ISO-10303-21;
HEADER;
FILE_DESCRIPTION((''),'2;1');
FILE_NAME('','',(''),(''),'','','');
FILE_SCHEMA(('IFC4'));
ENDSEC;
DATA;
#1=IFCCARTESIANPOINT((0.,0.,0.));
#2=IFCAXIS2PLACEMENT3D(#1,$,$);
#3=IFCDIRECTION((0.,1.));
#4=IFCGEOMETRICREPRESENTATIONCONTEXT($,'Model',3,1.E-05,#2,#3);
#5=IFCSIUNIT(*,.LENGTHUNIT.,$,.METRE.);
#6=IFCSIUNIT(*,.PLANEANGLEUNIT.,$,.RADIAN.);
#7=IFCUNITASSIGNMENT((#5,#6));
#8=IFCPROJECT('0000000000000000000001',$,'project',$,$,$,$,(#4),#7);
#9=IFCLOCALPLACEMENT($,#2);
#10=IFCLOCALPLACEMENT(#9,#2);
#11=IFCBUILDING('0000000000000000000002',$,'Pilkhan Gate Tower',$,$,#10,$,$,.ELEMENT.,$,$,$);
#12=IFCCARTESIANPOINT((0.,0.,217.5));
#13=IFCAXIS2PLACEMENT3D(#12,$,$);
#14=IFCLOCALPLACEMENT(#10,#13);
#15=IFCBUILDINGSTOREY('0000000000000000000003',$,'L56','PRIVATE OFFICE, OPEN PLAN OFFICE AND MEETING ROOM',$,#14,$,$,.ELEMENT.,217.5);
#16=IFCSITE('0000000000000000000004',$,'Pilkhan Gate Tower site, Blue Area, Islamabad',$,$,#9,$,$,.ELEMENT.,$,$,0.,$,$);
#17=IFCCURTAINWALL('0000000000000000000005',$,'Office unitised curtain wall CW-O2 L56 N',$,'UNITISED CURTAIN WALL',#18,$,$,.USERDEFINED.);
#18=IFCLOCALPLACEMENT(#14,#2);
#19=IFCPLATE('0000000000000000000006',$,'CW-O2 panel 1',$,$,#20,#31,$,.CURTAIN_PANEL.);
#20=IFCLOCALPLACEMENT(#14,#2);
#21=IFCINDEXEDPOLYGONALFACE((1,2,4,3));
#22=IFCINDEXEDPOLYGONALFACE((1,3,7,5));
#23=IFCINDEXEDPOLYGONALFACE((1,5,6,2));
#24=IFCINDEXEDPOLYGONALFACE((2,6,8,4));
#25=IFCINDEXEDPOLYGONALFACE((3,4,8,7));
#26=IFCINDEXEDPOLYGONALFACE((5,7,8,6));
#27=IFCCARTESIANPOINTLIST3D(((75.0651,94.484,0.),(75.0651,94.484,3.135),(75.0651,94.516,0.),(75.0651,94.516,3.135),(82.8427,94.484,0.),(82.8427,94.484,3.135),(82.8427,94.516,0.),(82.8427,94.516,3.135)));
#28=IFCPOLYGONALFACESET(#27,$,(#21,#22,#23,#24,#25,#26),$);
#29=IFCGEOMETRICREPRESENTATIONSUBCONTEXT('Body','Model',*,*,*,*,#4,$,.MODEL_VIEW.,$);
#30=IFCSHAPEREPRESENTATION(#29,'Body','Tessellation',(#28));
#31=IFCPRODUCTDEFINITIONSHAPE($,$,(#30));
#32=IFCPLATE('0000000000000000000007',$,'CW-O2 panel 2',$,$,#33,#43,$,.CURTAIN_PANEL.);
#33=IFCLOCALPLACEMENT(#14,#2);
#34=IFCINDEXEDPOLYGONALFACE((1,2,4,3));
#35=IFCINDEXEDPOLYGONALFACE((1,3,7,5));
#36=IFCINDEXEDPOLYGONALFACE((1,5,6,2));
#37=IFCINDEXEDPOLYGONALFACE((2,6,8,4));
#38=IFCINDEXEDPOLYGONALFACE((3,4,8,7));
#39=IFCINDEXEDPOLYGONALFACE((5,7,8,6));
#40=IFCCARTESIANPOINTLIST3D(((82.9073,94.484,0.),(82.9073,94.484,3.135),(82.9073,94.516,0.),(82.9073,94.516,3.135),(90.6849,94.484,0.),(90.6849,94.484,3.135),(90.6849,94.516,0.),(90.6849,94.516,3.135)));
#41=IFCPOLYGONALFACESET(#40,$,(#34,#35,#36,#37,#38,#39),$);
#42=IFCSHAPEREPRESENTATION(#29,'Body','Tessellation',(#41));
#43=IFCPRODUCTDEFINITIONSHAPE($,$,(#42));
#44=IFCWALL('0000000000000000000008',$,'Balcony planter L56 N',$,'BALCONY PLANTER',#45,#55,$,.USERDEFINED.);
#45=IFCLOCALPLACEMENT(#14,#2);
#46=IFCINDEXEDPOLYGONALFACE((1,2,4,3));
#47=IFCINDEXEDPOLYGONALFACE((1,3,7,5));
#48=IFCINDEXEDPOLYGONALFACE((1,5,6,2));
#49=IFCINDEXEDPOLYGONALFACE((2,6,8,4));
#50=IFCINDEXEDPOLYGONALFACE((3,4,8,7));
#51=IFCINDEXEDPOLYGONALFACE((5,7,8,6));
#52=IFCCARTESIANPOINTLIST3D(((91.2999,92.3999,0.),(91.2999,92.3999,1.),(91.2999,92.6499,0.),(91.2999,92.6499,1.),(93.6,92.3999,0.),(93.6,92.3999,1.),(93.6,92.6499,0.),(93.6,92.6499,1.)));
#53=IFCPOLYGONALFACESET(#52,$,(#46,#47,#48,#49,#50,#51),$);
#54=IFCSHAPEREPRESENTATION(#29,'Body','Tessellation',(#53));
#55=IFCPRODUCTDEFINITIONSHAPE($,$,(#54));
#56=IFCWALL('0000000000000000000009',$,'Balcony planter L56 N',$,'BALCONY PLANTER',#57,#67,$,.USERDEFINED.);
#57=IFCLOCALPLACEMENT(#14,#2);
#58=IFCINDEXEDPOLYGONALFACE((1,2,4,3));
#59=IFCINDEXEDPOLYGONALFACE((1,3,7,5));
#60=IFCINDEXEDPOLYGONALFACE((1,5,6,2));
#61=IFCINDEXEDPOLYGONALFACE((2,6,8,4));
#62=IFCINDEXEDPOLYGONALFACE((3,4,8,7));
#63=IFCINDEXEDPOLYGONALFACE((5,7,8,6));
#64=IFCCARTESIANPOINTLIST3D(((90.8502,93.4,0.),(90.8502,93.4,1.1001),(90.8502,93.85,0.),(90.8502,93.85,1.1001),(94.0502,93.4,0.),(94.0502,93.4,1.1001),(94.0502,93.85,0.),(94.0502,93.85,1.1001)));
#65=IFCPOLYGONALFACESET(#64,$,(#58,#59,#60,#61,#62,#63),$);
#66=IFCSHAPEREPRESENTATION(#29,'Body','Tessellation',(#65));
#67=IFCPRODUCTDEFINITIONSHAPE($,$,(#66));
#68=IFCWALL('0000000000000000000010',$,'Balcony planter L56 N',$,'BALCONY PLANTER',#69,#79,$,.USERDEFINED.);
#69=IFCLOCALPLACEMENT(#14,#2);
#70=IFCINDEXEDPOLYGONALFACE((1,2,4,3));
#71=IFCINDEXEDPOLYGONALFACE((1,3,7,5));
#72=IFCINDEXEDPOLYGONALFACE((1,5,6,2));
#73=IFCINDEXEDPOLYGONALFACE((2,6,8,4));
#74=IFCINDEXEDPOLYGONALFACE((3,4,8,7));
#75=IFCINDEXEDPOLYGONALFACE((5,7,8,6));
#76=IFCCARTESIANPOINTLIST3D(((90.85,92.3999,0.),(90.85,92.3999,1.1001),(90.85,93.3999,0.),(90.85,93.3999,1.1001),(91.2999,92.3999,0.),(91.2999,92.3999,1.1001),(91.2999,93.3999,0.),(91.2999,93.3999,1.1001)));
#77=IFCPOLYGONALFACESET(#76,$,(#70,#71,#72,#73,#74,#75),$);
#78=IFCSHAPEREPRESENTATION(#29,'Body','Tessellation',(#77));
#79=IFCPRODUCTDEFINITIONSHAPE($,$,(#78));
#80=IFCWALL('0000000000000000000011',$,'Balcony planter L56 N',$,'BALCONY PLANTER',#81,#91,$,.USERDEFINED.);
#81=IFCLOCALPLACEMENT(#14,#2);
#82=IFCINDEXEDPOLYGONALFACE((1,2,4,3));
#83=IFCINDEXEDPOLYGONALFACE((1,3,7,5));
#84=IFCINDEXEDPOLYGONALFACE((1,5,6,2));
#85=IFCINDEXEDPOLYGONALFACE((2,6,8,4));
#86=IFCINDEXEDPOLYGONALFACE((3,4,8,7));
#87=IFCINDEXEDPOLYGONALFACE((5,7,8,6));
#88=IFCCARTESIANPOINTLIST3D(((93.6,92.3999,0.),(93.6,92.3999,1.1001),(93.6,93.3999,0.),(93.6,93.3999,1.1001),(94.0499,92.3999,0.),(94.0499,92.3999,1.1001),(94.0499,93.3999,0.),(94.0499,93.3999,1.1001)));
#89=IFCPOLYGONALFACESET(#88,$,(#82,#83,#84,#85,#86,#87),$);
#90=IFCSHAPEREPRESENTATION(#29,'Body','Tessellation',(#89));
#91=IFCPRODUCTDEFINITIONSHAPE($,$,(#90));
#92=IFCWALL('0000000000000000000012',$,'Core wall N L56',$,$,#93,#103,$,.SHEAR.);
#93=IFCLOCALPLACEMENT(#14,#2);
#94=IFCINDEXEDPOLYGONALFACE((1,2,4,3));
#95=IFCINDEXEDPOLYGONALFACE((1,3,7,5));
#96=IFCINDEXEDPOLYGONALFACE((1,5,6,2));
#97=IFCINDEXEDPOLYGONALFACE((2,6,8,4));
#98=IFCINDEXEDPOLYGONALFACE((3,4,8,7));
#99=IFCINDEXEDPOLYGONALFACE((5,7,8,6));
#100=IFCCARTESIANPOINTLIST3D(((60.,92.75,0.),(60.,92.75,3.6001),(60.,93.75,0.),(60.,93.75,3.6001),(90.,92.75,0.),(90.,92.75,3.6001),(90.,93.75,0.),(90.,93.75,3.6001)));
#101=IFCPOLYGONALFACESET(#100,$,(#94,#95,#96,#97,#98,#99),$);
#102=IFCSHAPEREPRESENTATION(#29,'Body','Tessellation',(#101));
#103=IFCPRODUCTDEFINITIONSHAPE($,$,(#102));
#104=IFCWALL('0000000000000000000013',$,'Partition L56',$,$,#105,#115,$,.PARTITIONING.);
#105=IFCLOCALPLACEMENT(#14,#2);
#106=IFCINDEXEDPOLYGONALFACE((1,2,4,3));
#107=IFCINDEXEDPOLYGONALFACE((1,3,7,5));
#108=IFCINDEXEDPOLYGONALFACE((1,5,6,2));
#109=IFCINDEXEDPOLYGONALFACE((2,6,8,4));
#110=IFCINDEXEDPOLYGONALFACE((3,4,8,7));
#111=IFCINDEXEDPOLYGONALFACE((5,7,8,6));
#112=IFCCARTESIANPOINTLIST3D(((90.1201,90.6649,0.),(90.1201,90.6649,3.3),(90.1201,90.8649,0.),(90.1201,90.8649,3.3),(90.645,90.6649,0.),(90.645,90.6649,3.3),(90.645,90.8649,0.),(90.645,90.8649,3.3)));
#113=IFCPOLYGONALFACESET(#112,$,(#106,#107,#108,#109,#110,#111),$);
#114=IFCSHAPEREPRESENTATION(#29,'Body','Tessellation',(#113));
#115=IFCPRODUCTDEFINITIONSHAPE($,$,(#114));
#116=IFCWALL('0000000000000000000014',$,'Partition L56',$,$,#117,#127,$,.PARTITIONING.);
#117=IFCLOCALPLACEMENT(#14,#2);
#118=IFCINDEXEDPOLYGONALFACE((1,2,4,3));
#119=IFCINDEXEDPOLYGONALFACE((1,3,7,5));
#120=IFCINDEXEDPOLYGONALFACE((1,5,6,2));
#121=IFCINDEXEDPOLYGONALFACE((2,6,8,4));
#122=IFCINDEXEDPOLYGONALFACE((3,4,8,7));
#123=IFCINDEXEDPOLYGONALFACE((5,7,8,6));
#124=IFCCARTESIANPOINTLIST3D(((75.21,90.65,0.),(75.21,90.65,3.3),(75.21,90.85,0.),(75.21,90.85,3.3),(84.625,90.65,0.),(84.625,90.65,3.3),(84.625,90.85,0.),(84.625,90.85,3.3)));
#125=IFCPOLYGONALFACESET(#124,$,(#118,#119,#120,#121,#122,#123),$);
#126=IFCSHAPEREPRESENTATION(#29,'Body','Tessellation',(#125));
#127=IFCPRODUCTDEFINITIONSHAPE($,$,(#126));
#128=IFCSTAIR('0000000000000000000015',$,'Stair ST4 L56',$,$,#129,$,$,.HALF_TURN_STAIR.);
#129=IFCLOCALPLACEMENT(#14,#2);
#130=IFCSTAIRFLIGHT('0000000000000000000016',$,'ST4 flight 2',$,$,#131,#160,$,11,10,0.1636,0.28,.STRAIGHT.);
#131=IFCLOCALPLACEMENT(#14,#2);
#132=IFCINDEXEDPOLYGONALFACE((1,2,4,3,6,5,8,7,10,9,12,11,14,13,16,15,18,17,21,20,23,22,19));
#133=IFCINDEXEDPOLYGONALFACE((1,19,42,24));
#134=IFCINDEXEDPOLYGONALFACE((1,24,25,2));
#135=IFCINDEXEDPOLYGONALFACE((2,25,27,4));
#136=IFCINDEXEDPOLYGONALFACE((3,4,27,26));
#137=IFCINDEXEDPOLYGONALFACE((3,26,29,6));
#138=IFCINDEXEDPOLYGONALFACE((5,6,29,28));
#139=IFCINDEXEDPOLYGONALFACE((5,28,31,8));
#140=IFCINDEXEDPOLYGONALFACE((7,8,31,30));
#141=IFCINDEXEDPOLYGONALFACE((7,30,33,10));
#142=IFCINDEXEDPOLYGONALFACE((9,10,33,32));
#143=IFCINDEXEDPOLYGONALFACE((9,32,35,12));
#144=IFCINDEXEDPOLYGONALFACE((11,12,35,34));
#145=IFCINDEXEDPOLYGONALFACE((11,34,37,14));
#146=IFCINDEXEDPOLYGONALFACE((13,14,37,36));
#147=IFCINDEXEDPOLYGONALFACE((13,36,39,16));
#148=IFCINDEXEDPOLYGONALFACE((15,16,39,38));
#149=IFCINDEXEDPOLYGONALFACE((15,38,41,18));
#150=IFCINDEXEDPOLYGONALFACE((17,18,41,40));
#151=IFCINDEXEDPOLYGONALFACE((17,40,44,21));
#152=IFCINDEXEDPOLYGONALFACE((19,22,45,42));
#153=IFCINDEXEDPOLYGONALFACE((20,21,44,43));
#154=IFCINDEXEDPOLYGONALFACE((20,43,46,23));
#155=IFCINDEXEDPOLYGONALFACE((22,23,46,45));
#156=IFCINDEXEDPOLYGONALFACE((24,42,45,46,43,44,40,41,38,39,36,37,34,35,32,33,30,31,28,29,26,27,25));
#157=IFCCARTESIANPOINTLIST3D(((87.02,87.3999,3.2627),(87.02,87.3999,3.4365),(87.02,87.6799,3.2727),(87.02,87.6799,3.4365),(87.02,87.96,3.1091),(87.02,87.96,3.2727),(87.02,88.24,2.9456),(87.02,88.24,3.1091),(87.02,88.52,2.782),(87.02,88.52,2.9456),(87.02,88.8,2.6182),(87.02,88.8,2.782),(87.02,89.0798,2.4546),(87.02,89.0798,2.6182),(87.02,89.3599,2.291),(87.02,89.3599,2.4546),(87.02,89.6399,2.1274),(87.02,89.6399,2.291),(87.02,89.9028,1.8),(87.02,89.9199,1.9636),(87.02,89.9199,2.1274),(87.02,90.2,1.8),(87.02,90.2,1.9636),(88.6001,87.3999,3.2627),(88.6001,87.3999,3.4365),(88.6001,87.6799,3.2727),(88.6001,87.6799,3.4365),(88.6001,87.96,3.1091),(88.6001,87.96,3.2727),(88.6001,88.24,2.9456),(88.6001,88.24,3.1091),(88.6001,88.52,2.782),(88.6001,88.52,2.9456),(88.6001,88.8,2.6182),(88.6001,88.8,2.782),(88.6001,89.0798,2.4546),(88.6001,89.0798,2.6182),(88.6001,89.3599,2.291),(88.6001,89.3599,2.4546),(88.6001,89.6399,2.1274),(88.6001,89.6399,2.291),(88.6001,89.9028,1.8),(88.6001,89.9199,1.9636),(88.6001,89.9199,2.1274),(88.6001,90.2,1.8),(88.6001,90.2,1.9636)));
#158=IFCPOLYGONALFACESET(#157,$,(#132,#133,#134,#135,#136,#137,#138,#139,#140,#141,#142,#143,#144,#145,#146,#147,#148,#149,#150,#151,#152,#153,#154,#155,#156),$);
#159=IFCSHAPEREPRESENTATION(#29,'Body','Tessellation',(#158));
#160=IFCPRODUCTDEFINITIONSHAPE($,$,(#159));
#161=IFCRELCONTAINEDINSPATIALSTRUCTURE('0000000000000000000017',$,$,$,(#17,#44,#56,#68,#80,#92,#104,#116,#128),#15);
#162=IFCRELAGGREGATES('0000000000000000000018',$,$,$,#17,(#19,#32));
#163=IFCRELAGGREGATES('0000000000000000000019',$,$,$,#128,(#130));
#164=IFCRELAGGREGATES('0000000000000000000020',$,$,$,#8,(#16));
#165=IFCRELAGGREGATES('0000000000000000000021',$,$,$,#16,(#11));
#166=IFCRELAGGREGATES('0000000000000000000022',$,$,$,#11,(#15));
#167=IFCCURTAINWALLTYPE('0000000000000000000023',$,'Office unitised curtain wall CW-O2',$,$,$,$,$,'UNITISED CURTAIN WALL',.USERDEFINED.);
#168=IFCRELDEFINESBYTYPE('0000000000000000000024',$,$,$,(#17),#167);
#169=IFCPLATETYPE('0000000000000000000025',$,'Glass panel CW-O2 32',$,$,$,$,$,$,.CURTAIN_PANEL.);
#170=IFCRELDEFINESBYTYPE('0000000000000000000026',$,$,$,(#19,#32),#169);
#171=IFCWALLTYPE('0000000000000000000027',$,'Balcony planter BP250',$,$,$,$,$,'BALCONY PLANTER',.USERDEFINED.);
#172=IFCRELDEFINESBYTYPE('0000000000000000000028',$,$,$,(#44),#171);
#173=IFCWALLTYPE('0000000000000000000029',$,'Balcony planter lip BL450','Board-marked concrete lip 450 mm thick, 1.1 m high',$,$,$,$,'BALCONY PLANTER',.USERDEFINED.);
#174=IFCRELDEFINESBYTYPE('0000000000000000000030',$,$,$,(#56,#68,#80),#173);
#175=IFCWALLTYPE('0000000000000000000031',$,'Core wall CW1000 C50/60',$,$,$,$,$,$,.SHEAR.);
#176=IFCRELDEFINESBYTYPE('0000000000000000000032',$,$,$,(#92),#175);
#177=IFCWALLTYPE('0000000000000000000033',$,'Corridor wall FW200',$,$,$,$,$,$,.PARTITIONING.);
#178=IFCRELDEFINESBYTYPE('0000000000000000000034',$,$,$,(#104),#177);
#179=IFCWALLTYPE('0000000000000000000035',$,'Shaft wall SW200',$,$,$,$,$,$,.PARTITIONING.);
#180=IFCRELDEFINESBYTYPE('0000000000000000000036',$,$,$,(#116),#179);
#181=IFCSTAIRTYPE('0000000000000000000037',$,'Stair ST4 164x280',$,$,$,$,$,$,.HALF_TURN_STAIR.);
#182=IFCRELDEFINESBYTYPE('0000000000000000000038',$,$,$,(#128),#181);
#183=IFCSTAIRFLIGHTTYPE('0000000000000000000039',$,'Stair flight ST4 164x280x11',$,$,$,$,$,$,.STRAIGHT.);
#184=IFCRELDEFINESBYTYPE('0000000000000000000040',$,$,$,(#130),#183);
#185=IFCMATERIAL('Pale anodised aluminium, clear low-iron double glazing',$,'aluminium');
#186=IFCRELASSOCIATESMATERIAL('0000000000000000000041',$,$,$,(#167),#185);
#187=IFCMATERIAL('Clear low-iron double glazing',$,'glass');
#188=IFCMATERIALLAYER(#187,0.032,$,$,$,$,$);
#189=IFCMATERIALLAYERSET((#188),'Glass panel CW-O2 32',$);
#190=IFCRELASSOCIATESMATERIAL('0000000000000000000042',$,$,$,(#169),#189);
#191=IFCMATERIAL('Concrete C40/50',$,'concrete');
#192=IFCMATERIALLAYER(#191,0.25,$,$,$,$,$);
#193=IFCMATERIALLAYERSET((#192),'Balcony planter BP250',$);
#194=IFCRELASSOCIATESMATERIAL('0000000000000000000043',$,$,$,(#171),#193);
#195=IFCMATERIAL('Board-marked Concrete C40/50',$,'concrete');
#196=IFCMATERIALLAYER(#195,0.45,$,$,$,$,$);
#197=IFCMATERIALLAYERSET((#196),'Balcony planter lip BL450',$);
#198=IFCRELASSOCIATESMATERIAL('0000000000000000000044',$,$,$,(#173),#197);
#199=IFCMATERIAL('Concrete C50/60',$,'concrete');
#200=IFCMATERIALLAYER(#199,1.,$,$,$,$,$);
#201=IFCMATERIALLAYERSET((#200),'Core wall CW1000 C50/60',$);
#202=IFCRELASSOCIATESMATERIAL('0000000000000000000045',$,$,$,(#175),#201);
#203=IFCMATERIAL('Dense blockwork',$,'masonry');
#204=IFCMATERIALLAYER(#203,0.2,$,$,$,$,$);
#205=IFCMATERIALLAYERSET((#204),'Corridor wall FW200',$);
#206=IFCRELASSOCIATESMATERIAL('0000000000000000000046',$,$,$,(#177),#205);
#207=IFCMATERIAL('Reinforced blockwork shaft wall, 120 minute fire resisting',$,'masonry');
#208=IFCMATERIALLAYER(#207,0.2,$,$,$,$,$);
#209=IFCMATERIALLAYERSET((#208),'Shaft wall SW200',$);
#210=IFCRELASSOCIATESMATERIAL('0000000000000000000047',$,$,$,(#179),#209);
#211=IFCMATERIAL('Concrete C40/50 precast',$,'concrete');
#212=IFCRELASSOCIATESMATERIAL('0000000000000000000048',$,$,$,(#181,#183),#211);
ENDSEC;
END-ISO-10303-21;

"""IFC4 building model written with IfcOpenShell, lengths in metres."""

from ifc_helpers import new_model, si_unit, direction, frame, frame_2d, origin, origin_2d, place, context, subcontext, project, spatial, polyline, rectangle, outline, extrude, material, layer, layer_set, type_object, element, aggregate, save


model = new_model("IFC4")

# Units and contexts
model_context = context("Model", 3, precision=1e-05, world=origin(), true_north=direction((0.0, 1.0)))
body_context = subcontext(model_context, "Body", "Model", "MODEL_VIEW")
ifc_project = project(units=[si_unit("LENGTHUNIT", "METRE"), si_unit("PLANEANGLEUNIT", "RADIAN")], contexts=[model_context])

# Site, building, storey
site_placement = place(None, origin())
site = spatial("IfcSite", under=ifc_project, at=site_placement, Name="Pilkhan Gate Tower site, Blue Area, Islamabad", CompositionType="ELEMENT", RefElevation=0.0)
building_placement = place(site_placement, origin())
building = spatial("IfcBuilding", under=site, at=building_placement, Name="Pilkhan Gate Tower", CompositionType="ELEMENT")
storey_placement = place(building_placement, frame((0.0, 0.0, 217.5)))
storey = spatial("IfcBuildingStorey", under=building, at=storey_placement, Name="L56", Description="PRIVATE OFFICE, OPEN PLAN OFFICE AND MEETING ROOM", CompositionType="ELEMENT", Elevation=217.5)

# Shared definitions
ifc_material_1 = material(Name="Concrete C50/60", Category="concrete")

# Shared definitions
ifc_material_2 = material(Name="Pale anodised aluminium, clear low-iron double glazing", Category="aluminium")
curtain_wall_type = type_object("IfcCurtainWallType", Name="Office unitised curtain wall CW-O2", ElementType="UNITISED CURTAIN WALL", PredefinedType="USERDEFINED", material=ifc_material_2)

# Curtain wall
curtain_wall_1_placement = place(storey_placement, origin())
curtain_wall_1 = element("IfcCurtainWall", 1, at=curtain_wall_1_placement, inside=storey, type_object=curtain_wall_type, Name="Office unitised curtain wall CW-O2 L56 N", ObjectType="UNITISED CURTAIN WALL", PredefinedType="USERDEFINED")

# Plates
ifc_material_3 = material(Name="Clear low-iron double glazing", Category="glass")
ifc_layer_1 = layer(ifc_material_3, 0.032)
ifc_layer_set_1 = layer_set([ifc_layer_1], Name="Glass panel CW-O2 32")
plate_type = type_object("IfcPlateType", Name="Glass panel CW-O2 32", PredefinedType="CURTAIN_PANEL", material=ifc_layer_set_1)
plate_1_placement = place(storey_placement, frame((78.9539, 94.5, 0.0), z_axis=(0.0, 0.0, 1.0), x_axis=(1.0, 0.0, 0.0)))
plate_1 = element("IfcPlate", 2, at=plate_1_placement, type_object=plate_type, Name="CW-O2 panel 1", PredefinedType="CURTAIN_PANEL", context=body_context, shape_type="SweptSolid", body=[
    extrude(rectangle(XDim=7.7776, YDim=0.032, at=origin_2d()), origin(), (0.0, 0.0, 1.0), 3.135),
])
plate_2_placement = place(storey_placement, frame((86.7961, 94.5, 0.0), z_axis=(0.0, 0.0, 1.0), x_axis=(1.0, 0.0, 0.0)))
plate_2 = element("IfcPlate", 3, at=plate_2_placement, type_object=plate_type, Name="CW-O2 panel 2", PredefinedType="CURTAIN_PANEL", context=body_context, shape_type="SweptSolid", body=[
    extrude(rectangle(XDim=7.7776, YDim=0.032, at=origin_2d()), origin(), (0.0, 0.0, 1.0), 3.135),
])
aggregate(curtain_wall_1, [plate_1, plate_2])

# Walls
ifc_material_4 = material(Name="Concrete C40/50", Category="concrete")
ifc_layer_2 = layer(ifc_material_4, 0.25)
ifc_layer_set_2 = layer_set([ifc_layer_2], Name="Balcony planter BP250")
wall_type_1 = type_object("IfcWallType", Name="Balcony planter BP250", ElementType="BALCONY PLANTER", PredefinedType="USERDEFINED", material=ifc_layer_set_2)
wall_1_placement = place(storey_placement, frame((91.3, 92.5249, 0.0), z_axis=(0.0, 0.0, 1.0), x_axis=(1.0, 0.0, 0.0)))
element("IfcWall", 4, at=wall_1_placement, inside=storey, type_object=wall_type_1, Name="Balcony planter L56 N", ObjectType="BALCONY PLANTER", PredefinedType="USERDEFINED", context=body_context, shape_type="SweptSolid", body=[
    extrude(rectangle(XDim=2.3, YDim=0.25, at=frame_2d((1.1499, 0.0))), origin(), (0.0, 0.0, 1.0), 1.0),
])
ifc_material_5 = material(Name="Board-marked Concrete C40/50", Category="concrete")
ifc_layer_3 = layer(ifc_material_5, 0.45)
ifc_layer_set_3 = layer_set([ifc_layer_3], Name="Balcony planter lip BL450")
wall_type_2 = type_object("IfcWallType", Name="Balcony planter lip BL450", Description="Board-marked concrete lip 450 mm thick, 1.1 m high", ElementType="BALCONY PLANTER", PredefinedType="USERDEFINED", material=ifc_layer_set_3)
wall_2_placement = place(storey_placement, frame((90.8501, 93.625, 0.0), z_axis=(0.0, 0.0, 1.0), x_axis=(1.0, 0.0, 0.0)))
element("IfcWall", 5, at=wall_2_placement, inside=storey, type_object=wall_type_2, Name="Balcony planter L56 N", ObjectType="BALCONY PLANTER", PredefinedType="USERDEFINED", context=body_context, shape_type="SweptSolid", body=[
    extrude(rectangle(XDim=3.2, YDim=0.45, at=frame_2d((1.6001, 0.0))), origin(), (0.0, 0.0, 1.0), 1.1001),
])
for number, where, z_axis, x_axis, name in (
    (6, (91.075, 92.3999, 0.0), (0.0, 0.0, 1.0), (0.0, 1.0, 0.0), "Balcony planter L56 N"),
    (7, (93.825, 92.3999, 0.0), (0.0, 0.0, 1.0), (0.0, 1.0, 0.0), "Balcony planter L56 N"),
):
    element("IfcWall", number, at=place(storey_placement, frame(where, z_axis=z_axis, x_axis=x_axis)), inside=storey, type_object=wall_type_2, Name=name, ObjectType="BALCONY PLANTER", PredefinedType="USERDEFINED", context=body_context, shape_type="SweptSolid", body=[
        extrude(rectangle(XDim=1.0, YDim=0.45, at=frame_2d((0.5, 0.0))), origin(), (0.0, 0.0, 1.0), 1.1001),
    ])
ifc_layer_4 = layer(ifc_material_1, 1.0)
ifc_layer_set_4 = layer_set([ifc_layer_4], Name="Core wall CW1000 C50/60")
wall_type_3 = type_object("IfcWallType", Name="Core wall CW1000 C50/60", PredefinedType="SHEAR", material=ifc_layer_set_4)
wall_3_placement = place(storey_placement, frame((90.0, 93.25, 0.0), z_axis=(0.0, 0.0, 1.0), x_axis=(-1.0, 0.0, 0.0)))
element("IfcWall", 8, at=wall_3_placement, inside=storey, type_object=wall_type_3, Name="Core wall N L56", PredefinedType="SHEAR", context=body_context, shape_type="SweptSolid", body=[
    extrude(rectangle(XDim=30.0, YDim=1.0, at=frame_2d((15.0, 0.0))), origin(), (0.0, 0.0, 1.0), 3.6001),
])
ifc_material_6 = material(Name="Dense blockwork", Category="masonry")
ifc_layer_5 = layer(ifc_material_6, 0.2)
ifc_layer_set_5 = layer_set([ifc_layer_5], Name="Corridor wall FW200")
wall_type_4 = type_object("IfcWallType", Name="Corridor wall FW200", PredefinedType="PARTITIONING", material=ifc_layer_set_5)
wall_4_placement = place(storey_placement, frame((90.1201, 90.7649, 0.0), z_axis=(0.0, 0.0, 1.0), x_axis=(1.0, 0.0, 0.0)))
element("IfcWall", 9, at=wall_4_placement, inside=storey, type_object=wall_type_4, Name="Partition L56", PredefinedType="PARTITIONING", context=body_context, shape_type="SweptSolid", body=[
    extrude(rectangle(XDim=0.5249, YDim=0.2, at=frame_2d((0.2625, 0.0))), origin(), (0.0, 0.0, 1.0), 3.3),
])

# Wall
ifc_material_7 = material(Name="Reinforced blockwork shaft wall, 120 minute fire resisting", Category="masonry")
ifc_layer_6 = layer(ifc_material_7, 0.2)
ifc_layer_set_6 = layer_set([ifc_layer_6], Name="Shaft wall SW200")
wall_type_5 = type_object("IfcWallType", Name="Shaft wall SW200", PredefinedType="PARTITIONING", material=ifc_layer_set_6)
wall_5_placement = place(storey_placement, frame((75.21, 90.75, 0.0), z_axis=(0.0, 0.0, 1.0), x_axis=(1.0, 0.0, 0.0)))
element("IfcWall", 10, at=wall_5_placement, inside=storey, type_object=wall_type_5, Name="Partition L56", PredefinedType="PARTITIONING", context=body_context, shape_type="SweptSolid", body=[
    extrude(rectangle(XDim=9.415, YDim=0.2, at=frame_2d((4.7075, 0.0))), origin(), (0.0, 0.0, 1.0), 3.3),
])

# Stair, stair flight
ifc_material_8 = material(Name="Concrete C40/50 precast", Category="concrete")
stair_type = type_object("IfcStairType", Name="Stair ST4 164x280", PredefinedType="HALF_TURN_STAIR", material=ifc_material_8)
stair_placement = place(storey_placement, origin())
stair = element("IfcStair", 11, at=stair_placement, inside=storey, type_object=stair_type, Name="Stair ST4 L56", PredefinedType="HALF_TURN_STAIR")
stair_flight_type = type_object("IfcStairFlightType", Name="Stair flight ST4 164x280x11", PredefinedType="STRAIGHT", material=ifc_material_8)
stair_flight_placement = place(storey_placement, frame((87.8101, 90.2, 1.8), z_axis=(0.0, 0.0, 1.0), x_axis=(0.0, -1.0, 0.0)))
stair_flight = element("IfcStairFlight", 12, at=stair_flight_placement, type_object=stair_flight_type, Name="ST4 flight 2", NumberOfRisers=11, NumberOfTreads=10, PredefinedType="STRAIGHT", RiserHeight=0.1636, TreadLength=0.28, context=body_context, shape_type="SweptSolid", body=[
    extrude(outline(polyline([(0.0, 0.0), (0.0, 0.1636), (0.28, 0.1636), (0.28, 0.3274), (0.5601, 0.3274), (0.5601, 0.491), (0.8401, 0.491), (0.8401, 0.6545), (1.1201, 0.6545), (1.1201, 0.8181), (1.3999, 0.8181), (1.3999, 0.9819), (1.6799, 0.9819), (1.6799, 1.1455), (1.96, 1.1455), (1.96, 1.3091), (2.24, 1.3091), (2.24, 1.4727), (2.52, 1.4727), (2.52, 1.6365), (2.8, 1.6365), (2.8, 1.8), (2.8, 1.4626), (0.2971, 0.0), (0.0, 0.0)])), frame((0.0, 0.79, 0.0), z_axis=(0.0, -1.0, 0.0), x_axis=(1.0, 0.0, 0.0)), (0.0, 0.0, 1.0), 1.5801),
])
aggregate(stair, [stair_flight])

save(model, "model.ifc")
